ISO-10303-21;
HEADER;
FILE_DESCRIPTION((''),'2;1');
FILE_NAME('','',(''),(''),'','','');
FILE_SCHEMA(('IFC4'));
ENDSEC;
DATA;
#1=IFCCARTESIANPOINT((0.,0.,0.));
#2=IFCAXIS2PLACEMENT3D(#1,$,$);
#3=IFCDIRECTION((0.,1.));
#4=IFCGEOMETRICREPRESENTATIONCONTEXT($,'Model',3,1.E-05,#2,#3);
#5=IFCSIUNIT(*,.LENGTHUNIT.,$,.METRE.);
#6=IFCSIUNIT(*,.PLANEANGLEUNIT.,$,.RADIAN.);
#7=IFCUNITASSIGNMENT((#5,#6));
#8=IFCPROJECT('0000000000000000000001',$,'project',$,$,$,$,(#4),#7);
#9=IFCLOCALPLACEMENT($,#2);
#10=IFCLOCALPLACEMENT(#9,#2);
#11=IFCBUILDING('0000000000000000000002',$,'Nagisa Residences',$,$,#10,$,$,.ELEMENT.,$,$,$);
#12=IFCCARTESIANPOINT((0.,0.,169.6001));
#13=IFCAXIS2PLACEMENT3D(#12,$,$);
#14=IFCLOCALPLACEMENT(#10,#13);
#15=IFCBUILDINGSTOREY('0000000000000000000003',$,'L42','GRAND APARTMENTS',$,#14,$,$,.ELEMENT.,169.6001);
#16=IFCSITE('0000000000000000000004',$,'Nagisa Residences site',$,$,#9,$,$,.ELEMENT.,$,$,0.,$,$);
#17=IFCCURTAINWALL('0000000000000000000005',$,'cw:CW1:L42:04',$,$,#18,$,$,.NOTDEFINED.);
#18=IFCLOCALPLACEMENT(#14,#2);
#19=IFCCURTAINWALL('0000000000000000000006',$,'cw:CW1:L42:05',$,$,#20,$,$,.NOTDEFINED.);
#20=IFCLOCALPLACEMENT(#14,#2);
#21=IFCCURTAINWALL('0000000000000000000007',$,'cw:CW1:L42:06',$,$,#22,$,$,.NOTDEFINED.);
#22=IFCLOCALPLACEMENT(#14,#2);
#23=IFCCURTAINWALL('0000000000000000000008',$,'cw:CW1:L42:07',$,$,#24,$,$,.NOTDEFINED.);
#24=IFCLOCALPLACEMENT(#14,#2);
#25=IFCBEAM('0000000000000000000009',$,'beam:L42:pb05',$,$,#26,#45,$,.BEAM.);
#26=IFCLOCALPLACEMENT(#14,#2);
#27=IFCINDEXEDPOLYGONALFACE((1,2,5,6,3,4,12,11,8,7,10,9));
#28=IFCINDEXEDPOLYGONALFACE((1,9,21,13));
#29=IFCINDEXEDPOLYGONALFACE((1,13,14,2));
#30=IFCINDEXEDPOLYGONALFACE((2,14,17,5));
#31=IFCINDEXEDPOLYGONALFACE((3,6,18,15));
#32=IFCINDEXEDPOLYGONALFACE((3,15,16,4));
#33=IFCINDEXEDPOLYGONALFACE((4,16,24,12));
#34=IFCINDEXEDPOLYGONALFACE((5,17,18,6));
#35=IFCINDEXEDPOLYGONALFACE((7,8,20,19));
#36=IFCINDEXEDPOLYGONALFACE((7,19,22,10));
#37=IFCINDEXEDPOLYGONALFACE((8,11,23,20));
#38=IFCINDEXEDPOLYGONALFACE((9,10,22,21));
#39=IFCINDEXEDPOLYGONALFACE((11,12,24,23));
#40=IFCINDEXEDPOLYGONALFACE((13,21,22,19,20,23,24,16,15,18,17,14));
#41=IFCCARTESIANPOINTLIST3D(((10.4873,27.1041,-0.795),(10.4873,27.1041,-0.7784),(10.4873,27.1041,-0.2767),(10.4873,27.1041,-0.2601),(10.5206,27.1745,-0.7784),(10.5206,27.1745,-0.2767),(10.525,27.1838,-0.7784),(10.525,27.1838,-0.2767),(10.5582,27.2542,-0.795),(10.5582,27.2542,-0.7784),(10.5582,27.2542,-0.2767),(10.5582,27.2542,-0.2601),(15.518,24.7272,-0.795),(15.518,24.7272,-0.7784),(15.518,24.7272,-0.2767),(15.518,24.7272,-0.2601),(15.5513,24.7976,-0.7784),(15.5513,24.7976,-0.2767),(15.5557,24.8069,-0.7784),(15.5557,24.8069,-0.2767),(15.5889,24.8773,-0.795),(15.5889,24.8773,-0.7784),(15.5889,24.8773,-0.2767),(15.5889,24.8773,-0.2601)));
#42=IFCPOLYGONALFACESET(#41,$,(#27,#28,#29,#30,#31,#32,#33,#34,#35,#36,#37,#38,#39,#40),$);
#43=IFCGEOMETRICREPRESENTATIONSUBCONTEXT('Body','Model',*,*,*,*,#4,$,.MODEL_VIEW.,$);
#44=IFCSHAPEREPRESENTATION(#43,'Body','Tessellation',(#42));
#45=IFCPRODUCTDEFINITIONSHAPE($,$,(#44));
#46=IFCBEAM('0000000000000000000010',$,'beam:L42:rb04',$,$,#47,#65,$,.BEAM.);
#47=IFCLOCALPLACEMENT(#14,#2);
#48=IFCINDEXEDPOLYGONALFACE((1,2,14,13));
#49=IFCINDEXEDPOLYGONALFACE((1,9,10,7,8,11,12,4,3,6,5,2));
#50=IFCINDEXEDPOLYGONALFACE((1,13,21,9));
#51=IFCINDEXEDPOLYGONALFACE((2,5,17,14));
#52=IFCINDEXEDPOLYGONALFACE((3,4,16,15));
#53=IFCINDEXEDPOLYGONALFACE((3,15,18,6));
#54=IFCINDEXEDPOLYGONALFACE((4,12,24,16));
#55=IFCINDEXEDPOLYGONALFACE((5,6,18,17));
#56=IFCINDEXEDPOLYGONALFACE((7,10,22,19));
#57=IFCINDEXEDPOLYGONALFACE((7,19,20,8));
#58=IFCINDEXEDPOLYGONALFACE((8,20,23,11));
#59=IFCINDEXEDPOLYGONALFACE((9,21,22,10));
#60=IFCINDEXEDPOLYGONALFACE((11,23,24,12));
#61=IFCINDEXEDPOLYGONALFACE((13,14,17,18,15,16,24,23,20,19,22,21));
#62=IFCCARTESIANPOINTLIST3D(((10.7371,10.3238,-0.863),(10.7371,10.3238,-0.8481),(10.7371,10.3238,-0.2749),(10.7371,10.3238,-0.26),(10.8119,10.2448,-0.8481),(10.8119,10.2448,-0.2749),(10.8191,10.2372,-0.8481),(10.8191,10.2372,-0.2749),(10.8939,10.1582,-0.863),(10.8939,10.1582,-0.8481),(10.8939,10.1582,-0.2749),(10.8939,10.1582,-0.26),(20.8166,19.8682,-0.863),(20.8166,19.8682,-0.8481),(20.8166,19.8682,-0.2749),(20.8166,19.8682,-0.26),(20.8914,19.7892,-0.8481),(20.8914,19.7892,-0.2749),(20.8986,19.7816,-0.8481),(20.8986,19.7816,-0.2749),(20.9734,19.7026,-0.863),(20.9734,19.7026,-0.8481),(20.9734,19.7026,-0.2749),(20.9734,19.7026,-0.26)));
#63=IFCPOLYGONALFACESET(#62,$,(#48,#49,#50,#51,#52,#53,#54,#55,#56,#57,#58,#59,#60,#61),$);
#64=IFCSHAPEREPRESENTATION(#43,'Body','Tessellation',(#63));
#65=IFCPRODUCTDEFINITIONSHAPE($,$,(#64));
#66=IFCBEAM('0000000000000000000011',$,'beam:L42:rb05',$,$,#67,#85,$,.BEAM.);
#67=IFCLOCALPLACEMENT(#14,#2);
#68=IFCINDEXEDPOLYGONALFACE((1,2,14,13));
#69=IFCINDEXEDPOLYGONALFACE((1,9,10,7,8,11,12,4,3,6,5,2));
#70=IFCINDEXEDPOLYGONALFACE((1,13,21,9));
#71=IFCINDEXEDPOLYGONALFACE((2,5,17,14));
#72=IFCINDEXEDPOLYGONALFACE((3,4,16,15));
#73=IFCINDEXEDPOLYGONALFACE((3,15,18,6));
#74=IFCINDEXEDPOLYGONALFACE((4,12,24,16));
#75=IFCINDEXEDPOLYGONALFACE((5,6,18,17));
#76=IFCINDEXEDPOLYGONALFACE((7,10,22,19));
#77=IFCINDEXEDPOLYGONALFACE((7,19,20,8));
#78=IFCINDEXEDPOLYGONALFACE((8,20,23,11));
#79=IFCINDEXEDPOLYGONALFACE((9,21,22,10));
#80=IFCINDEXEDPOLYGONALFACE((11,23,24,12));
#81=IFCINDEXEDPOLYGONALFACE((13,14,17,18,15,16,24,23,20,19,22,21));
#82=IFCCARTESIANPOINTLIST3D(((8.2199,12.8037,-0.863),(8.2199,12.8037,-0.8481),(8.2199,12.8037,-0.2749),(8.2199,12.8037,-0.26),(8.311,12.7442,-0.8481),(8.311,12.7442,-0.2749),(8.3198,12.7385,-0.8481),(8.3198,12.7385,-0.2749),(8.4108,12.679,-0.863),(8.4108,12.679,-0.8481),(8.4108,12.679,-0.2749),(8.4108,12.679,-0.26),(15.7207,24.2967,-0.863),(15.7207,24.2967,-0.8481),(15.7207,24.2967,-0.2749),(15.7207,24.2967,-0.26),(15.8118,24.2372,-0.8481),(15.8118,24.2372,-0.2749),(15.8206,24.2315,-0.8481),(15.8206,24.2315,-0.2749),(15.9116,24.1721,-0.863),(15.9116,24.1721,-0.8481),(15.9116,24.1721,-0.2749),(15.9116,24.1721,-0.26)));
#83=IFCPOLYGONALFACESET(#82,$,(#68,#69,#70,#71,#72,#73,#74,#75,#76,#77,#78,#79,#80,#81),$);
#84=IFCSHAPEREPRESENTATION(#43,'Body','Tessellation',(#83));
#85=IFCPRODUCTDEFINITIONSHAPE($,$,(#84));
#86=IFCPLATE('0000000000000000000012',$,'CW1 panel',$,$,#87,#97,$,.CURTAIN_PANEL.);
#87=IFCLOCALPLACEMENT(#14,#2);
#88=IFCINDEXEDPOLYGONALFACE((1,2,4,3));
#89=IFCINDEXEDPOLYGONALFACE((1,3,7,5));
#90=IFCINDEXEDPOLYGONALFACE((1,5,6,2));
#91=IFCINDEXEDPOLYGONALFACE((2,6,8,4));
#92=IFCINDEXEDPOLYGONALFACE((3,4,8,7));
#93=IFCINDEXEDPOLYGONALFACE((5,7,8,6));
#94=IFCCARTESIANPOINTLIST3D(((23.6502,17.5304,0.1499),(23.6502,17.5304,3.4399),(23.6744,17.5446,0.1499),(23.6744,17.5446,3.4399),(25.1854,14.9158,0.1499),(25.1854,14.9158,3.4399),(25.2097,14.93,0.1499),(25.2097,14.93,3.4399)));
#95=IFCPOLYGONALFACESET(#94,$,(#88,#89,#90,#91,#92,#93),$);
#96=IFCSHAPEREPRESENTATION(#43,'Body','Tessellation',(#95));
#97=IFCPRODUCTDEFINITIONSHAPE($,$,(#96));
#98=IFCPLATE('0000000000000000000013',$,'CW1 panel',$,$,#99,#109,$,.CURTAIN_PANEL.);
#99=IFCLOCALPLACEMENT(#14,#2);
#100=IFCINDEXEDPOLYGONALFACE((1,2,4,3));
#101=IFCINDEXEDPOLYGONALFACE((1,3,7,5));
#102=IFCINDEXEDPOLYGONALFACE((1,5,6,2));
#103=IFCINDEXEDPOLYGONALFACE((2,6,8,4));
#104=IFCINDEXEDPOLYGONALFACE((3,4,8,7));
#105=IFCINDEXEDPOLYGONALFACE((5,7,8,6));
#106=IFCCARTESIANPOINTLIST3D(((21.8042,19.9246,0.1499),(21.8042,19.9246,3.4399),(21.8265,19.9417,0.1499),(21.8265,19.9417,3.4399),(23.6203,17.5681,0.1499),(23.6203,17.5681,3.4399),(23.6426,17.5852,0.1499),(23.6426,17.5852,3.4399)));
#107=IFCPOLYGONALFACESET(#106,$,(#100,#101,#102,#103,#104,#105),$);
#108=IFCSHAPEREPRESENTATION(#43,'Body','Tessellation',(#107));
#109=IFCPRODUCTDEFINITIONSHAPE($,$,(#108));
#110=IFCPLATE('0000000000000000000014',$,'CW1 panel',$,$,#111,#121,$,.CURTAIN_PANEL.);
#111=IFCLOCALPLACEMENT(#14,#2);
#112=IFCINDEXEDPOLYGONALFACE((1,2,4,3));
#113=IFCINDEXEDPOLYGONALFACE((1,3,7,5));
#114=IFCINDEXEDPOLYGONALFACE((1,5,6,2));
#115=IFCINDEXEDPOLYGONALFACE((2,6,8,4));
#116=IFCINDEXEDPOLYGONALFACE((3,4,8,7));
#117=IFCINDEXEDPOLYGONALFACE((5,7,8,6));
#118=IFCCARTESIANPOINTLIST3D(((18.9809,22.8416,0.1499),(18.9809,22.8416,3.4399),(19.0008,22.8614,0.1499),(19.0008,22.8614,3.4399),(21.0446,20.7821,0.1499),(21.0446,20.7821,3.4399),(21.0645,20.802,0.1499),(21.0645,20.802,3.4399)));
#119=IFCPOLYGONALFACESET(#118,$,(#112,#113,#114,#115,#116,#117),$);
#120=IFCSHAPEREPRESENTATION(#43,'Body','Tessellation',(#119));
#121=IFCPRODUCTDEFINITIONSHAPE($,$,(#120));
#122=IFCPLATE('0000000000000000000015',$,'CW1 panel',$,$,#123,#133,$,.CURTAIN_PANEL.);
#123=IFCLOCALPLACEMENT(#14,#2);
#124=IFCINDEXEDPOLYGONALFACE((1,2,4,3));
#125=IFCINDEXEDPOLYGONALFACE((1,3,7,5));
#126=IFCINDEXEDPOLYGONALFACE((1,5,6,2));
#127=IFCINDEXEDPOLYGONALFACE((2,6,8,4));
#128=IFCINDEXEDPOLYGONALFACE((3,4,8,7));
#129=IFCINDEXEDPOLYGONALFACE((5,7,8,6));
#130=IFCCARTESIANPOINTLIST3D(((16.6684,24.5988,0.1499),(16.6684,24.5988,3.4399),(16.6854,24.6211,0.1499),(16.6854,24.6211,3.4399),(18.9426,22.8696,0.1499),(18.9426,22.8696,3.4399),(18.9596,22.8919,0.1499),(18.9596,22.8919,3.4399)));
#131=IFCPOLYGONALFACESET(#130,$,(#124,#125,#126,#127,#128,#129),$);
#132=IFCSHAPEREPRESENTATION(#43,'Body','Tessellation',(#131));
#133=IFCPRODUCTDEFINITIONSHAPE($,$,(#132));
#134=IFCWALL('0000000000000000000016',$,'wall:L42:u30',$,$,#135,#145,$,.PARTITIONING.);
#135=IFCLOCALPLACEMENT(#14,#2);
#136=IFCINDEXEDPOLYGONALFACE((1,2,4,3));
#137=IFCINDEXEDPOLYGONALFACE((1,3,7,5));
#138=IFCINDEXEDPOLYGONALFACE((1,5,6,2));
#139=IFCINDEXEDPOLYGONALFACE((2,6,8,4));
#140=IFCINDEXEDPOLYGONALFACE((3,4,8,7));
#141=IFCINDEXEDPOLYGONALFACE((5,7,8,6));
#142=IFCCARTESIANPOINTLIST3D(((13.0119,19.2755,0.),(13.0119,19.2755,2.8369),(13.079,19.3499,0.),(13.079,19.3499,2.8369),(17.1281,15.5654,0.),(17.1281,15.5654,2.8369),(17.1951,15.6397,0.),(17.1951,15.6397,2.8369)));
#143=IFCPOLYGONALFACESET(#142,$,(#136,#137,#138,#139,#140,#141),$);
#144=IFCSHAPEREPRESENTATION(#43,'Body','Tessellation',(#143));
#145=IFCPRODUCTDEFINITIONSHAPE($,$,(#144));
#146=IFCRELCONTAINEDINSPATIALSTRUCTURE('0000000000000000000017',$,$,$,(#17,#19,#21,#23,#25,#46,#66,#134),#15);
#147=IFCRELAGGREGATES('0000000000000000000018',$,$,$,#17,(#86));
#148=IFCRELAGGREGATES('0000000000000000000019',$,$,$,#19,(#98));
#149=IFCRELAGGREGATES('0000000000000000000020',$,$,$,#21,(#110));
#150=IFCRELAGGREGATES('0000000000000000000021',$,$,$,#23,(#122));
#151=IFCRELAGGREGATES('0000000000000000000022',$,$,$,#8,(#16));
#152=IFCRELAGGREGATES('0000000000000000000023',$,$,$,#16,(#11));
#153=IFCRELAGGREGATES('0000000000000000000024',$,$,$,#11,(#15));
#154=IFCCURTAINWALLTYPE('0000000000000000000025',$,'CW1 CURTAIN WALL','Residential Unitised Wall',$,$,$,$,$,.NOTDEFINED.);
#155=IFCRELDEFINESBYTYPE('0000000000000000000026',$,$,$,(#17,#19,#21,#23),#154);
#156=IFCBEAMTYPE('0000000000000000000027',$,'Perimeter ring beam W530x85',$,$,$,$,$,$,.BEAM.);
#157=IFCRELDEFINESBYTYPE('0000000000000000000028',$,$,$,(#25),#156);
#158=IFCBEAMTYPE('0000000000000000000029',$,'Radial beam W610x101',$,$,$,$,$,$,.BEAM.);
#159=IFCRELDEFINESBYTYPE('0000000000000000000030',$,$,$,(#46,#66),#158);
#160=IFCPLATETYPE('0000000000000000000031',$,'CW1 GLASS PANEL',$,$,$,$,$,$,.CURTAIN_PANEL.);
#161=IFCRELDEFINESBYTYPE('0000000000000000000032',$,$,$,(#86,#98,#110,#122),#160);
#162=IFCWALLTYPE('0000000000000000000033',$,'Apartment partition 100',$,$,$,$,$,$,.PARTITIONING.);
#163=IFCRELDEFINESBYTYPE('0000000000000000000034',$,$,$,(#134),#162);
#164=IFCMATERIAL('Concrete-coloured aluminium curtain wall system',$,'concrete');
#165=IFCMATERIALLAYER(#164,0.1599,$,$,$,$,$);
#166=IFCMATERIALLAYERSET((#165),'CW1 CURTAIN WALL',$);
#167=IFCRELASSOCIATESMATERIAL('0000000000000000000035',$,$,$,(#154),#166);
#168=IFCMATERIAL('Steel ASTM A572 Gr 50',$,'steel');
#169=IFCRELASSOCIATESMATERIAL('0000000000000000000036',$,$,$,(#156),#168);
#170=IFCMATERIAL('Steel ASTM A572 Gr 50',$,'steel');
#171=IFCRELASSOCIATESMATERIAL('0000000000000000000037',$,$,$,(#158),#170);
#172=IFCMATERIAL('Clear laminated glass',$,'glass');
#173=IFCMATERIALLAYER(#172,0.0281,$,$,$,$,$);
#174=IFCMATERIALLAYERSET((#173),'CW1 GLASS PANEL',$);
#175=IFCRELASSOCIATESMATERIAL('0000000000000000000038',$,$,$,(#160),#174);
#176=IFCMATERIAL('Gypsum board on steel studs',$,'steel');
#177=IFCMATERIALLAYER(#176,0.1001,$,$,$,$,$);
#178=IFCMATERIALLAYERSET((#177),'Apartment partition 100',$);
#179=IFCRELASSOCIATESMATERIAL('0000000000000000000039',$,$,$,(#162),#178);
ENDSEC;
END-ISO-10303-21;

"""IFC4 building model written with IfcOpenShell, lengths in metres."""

from ifc_helpers import new_model, si_unit, direction, frame, frame_2d, origin, origin_2d, place, context, subcontext, project, spatial, rectangle, i_section, extrude, material, layer, layer_set, material_profile, profile_set, type_object, element, aggregate, save


model = new_model("IFC4")

# Units and contexts
model_context = context("Model", 3, precision=1e-05, world=origin(), true_north=direction((0.0, 1.0)))
body_context = subcontext(model_context, "Body", "Model", "MODEL_VIEW")
ifc_project = project(units=[si_unit("LENGTHUNIT", "METRE"), si_unit("PLANEANGLEUNIT", "RADIAN")], contexts=[model_context])

# Site, building, storey
site_placement = place(None, origin())
site = spatial("IfcSite", under=ifc_project, at=site_placement, Name="Nagisa Residences site", CompositionType="ELEMENT", RefElevation=0.0)
building_placement = place(site_placement, origin())
building = spatial("IfcBuilding", under=site, at=building_placement, Name="Nagisa Residences", CompositionType="ELEMENT")
storey_placement = place(building_placement, frame((0.0, 0.0, 169.6001)))
storey = spatial("IfcBuildingStorey", under=building, at=storey_placement, Name="L42", Description="GRAND APARTMENTS", CompositionType="ELEMENT", Elevation=169.6001)

# Curtain walls
ifc_material_1 = material(Name="Concrete-coloured aluminium curtain wall system", Category="concrete")
ifc_layer_1 = layer(ifc_material_1, 0.1599)
ifc_layer_set_1 = layer_set([ifc_layer_1], Name="CW1 CURTAIN WALL")
curtain_wall_type = type_object("IfcCurtainWallType", Name="CW1 CURTAIN WALL", Description="Residential Unitised Wall", PredefinedType="NOTDEFINED", material=ifc_layer_set_1)
curtain_wall_1_placement = place(storey_placement, origin())
curtain_wall_1 = element("IfcCurtainWall", 1, at=curtain_wall_1_placement, inside=storey, type_object=curtain_wall_type, Name="cw:CW1:L42:04", PredefinedType="NOTDEFINED")
curtain_wall_2_placement = place(storey_placement, origin())
curtain_wall_2 = element("IfcCurtainWall", 2, at=curtain_wall_2_placement, inside=storey, type_object=curtain_wall_type, Name="cw:CW1:L42:05", PredefinedType="NOTDEFINED")
curtain_wall_3_placement = place(storey_placement, origin())
curtain_wall_3 = element("IfcCurtainWall", 3, at=curtain_wall_3_placement, inside=storey, type_object=curtain_wall_type, Name="cw:CW1:L42:06", PredefinedType="NOTDEFINED")
curtain_wall_4_placement = place(storey_placement, origin())
curtain_wall_4 = element("IfcCurtainWall", 4, at=curtain_wall_4_placement, inside=storey, type_object=curtain_wall_type, Name="cw:CW1:L42:07", PredefinedType="NOTDEFINED")

# Beams
ifc_material_2 = material(Name="Steel ASTM A572 Gr 50", Category="steel")
ifc_material_profile_1 = material_profile(ifc_material_2, i_section(OverallWidth=0.166, OverallDepth=0.5349, WebThickness=0.0103, FlangeThickness=0.0166, at=origin_2d()), Name="W530x85")
ifc_profile_set_1 = profile_set([ifc_material_profile_1], Name="Steel ASTM A572 Gr 50")
beam_type_1 = type_object("IfcBeamType", Name="Perimeter ring beam W530x85", PredefinedType="BEAM", material=ifc_profile_set_1)
beam_1_placement = place(storey_placement, frame((15.5535, 24.8022, -0.5276), z_axis=(-0.904157, 0.4272, 0.0), x_axis=(-0.4272, -0.904157, 0.0)))
element("IfcBeam", 5, at=beam_1_placement, inside=storey, type_object=beam_type_1, Name="beam:L42:pb05", PredefinedType="BEAM", context=body_context, shape_type="SweptSolid", body=[
    extrude(i_section(OverallWidth=0.166, OverallDepth=0.5349, WebThickness=0.0103, FlangeThickness=0.0166, at=origin_2d()), origin(), (0.0, 0.0, 1.0), 5.564),
])
ifc_material_3 = material(Name="Steel ASTM A572 Gr 50", Category="steel")
ifc_material_profile_2 = material_profile(ifc_material_3, i_section(OverallWidth=0.228, OverallDepth=0.603, WebThickness=0.0105, FlangeThickness=0.0149, at=origin_2d()), Name="W610x101")
ifc_profile_set_2 = profile_set([ifc_material_profile_2], Name="Steel ASTM A572 Gr 50")
beam_type_2 = type_object("IfcBeamType", Name="Radial beam W610x101", PredefinedType="BEAM", material=ifc_profile_set_2)
beam_2_placement = place(storey_placement, frame((20.895, 19.7854, -0.5615), z_axis=(-0.72612, -0.687568, 0.0), x_axis=(0.687568, -0.72612, 0.0)))
element("IfcBeam", 6, at=beam_2_placement, inside=storey, type_object=beam_type_2, Name="beam:L42:rb04", PredefinedType="BEAM", context=body_context, shape_type="SweptSolid", body=[
    extrude(i_section(OverallWidth=0.228, OverallDepth=0.603, WebThickness=0.0105, FlangeThickness=0.0149, at=origin_2d()), origin(), (0.0, 0.0, 1.0), 13.8813),
])
beam_3_placement = place(storey_placement, frame((15.8162, 24.2344, -0.5615), z_axis=(-0.546541, -0.837432, 0.0), x_axis=(0.837432, -0.546541, 0.0)))
element("IfcBeam", 7, at=beam_3_placement, inside=storey, type_object=beam_type_2, Name="beam:L42:rb05", PredefinedType="BEAM", context=body_context, shape_type="SweptSolid", body=[
    extrude(i_section(OverallWidth=0.228, OverallDepth=0.603, WebThickness=0.0105, FlangeThickness=0.0149, at=origin_2d()), origin(), (0.0, 0.0, 1.0), 13.7241),
])

# Plates
ifc_material_4 = material(Name="Clear laminated glass", Category="glass")
ifc_layer_2 = layer(ifc_material_4, 0.0281)
ifc_layer_set_2 = layer_set([ifc_layer_2], Name="CW1 GLASS PANEL")
plate_type = type_object("IfcPlateType", Name="CW1 GLASS PANEL", PredefinedType="CURTAIN_PANEL", material=ifc_layer_set_2)
plate_1_placement = place(storey_placement, frame((24.4299, 16.2302, 0.1499), z_axis=(0.0, 0.0, 1.0), x_axis=(-0.506349, 0.862329, 0.0)))
plate_1 = element("IfcPlate", 8, at=plate_1_placement, type_object=plate_type, Name="CW1 panel", PredefinedType="CURTAIN_PANEL", context=body_context, shape_type="SweptSolid", body=[
    extrude(rectangle(XDim=3.032, YDim=0.0281, at=origin_2d()), origin(), (0.0, 0.0, 1.0), 3.29),
])
aggregate(curtain_wall_1, [plate_1])
plate_2_placement = place(storey_placement, frame((22.7234, 18.7549, 0.1499), z_axis=(0.0, 0.0, 1.0), x_axis=(-0.61043, 0.79207, 0.0)))
plate_2 = element("IfcPlate", 9, at=plate_2_placement, type_object=plate_type, Name="CW1 panel", PredefinedType="CURTAIN_PANEL", context=body_context, shape_type="SweptSolid", body=[
    extrude(rectangle(XDim=2.9751, YDim=0.0281, at=origin_2d()), origin(), (0.0, 0.0, 1.0), 3.29),
])
aggregate(curtain_wall_2, [plate_2])
plate_3_placement = place(storey_placement, frame((20.0227, 21.8218, 0.1499), z_axis=(0.0, 0.0, 1.0), x_axis=(-0.707836, 0.706377, 0.0)))
plate_3 = element("IfcPlate", 10, at=plate_3_placement, type_object=plate_type, Name="CW1 panel", PredefinedType="CURTAIN_PANEL", context=body_context, shape_type="SweptSolid", body=[
    extrude(rectangle(XDim=2.9155, YDim=0.0281, at=origin_2d()), origin(), (0.0, 0.0, 1.0), 3.29),
])
aggregate(curtain_wall_3, [plate_3])
plate_4_placement = place(storey_placement, frame((17.814, 23.7454, 0.1499), z_axis=(0.0, 0.0, 1.0), x_axis=(-0.796031, 0.605255, 0.0)))
plate_4 = element("IfcPlate", 11, at=plate_4_placement, type_object=plate_type, Name="CW1 panel", PredefinedType="CURTAIN_PANEL", context=body_context, shape_type="SweptSolid", body=[
    extrude(rectangle(XDim=2.8569, YDim=0.0281, at=origin_2d()), origin(), (0.0, 0.0, 1.0), 3.29),
])
aggregate(curtain_wall_4, [plate_4])

# Wall
ifc_material_5 = material(Name="Gypsum board on steel studs", Category="steel")
ifc_layer_3 = layer(ifc_material_5, 0.1001)
ifc_layer_set_3 = layer_set([ifc_layer_3], Name="Apartment partition 100")
wall_type_1 = type_object("IfcWallType", Name="Apartment partition 100", PredefinedType="PARTITIONING", material=ifc_layer_set_3)
wall_1_placement = place(storey_placement, frame((17.1616, 15.6025, 0.0), z_axis=(0.0, 0.0, 1.0), x_axis=(-0.74279, 0.669524, 0.0)))
element("IfcWall", 12, at=wall_1_placement, inside=storey, type_object=wall_type_1, Name="wall:L42:u30", PredefinedType="PARTITIONING", context=body_context, shape_type="SweptSolid", body=[
    extrude(rectangle(XDim=5.5415, YDim=0.1001, at=frame_2d((2.7708, 0.0))), origin(), (0.0, 0.0, 1.0), 2.8369),
])

save(model, "model.ifc")
